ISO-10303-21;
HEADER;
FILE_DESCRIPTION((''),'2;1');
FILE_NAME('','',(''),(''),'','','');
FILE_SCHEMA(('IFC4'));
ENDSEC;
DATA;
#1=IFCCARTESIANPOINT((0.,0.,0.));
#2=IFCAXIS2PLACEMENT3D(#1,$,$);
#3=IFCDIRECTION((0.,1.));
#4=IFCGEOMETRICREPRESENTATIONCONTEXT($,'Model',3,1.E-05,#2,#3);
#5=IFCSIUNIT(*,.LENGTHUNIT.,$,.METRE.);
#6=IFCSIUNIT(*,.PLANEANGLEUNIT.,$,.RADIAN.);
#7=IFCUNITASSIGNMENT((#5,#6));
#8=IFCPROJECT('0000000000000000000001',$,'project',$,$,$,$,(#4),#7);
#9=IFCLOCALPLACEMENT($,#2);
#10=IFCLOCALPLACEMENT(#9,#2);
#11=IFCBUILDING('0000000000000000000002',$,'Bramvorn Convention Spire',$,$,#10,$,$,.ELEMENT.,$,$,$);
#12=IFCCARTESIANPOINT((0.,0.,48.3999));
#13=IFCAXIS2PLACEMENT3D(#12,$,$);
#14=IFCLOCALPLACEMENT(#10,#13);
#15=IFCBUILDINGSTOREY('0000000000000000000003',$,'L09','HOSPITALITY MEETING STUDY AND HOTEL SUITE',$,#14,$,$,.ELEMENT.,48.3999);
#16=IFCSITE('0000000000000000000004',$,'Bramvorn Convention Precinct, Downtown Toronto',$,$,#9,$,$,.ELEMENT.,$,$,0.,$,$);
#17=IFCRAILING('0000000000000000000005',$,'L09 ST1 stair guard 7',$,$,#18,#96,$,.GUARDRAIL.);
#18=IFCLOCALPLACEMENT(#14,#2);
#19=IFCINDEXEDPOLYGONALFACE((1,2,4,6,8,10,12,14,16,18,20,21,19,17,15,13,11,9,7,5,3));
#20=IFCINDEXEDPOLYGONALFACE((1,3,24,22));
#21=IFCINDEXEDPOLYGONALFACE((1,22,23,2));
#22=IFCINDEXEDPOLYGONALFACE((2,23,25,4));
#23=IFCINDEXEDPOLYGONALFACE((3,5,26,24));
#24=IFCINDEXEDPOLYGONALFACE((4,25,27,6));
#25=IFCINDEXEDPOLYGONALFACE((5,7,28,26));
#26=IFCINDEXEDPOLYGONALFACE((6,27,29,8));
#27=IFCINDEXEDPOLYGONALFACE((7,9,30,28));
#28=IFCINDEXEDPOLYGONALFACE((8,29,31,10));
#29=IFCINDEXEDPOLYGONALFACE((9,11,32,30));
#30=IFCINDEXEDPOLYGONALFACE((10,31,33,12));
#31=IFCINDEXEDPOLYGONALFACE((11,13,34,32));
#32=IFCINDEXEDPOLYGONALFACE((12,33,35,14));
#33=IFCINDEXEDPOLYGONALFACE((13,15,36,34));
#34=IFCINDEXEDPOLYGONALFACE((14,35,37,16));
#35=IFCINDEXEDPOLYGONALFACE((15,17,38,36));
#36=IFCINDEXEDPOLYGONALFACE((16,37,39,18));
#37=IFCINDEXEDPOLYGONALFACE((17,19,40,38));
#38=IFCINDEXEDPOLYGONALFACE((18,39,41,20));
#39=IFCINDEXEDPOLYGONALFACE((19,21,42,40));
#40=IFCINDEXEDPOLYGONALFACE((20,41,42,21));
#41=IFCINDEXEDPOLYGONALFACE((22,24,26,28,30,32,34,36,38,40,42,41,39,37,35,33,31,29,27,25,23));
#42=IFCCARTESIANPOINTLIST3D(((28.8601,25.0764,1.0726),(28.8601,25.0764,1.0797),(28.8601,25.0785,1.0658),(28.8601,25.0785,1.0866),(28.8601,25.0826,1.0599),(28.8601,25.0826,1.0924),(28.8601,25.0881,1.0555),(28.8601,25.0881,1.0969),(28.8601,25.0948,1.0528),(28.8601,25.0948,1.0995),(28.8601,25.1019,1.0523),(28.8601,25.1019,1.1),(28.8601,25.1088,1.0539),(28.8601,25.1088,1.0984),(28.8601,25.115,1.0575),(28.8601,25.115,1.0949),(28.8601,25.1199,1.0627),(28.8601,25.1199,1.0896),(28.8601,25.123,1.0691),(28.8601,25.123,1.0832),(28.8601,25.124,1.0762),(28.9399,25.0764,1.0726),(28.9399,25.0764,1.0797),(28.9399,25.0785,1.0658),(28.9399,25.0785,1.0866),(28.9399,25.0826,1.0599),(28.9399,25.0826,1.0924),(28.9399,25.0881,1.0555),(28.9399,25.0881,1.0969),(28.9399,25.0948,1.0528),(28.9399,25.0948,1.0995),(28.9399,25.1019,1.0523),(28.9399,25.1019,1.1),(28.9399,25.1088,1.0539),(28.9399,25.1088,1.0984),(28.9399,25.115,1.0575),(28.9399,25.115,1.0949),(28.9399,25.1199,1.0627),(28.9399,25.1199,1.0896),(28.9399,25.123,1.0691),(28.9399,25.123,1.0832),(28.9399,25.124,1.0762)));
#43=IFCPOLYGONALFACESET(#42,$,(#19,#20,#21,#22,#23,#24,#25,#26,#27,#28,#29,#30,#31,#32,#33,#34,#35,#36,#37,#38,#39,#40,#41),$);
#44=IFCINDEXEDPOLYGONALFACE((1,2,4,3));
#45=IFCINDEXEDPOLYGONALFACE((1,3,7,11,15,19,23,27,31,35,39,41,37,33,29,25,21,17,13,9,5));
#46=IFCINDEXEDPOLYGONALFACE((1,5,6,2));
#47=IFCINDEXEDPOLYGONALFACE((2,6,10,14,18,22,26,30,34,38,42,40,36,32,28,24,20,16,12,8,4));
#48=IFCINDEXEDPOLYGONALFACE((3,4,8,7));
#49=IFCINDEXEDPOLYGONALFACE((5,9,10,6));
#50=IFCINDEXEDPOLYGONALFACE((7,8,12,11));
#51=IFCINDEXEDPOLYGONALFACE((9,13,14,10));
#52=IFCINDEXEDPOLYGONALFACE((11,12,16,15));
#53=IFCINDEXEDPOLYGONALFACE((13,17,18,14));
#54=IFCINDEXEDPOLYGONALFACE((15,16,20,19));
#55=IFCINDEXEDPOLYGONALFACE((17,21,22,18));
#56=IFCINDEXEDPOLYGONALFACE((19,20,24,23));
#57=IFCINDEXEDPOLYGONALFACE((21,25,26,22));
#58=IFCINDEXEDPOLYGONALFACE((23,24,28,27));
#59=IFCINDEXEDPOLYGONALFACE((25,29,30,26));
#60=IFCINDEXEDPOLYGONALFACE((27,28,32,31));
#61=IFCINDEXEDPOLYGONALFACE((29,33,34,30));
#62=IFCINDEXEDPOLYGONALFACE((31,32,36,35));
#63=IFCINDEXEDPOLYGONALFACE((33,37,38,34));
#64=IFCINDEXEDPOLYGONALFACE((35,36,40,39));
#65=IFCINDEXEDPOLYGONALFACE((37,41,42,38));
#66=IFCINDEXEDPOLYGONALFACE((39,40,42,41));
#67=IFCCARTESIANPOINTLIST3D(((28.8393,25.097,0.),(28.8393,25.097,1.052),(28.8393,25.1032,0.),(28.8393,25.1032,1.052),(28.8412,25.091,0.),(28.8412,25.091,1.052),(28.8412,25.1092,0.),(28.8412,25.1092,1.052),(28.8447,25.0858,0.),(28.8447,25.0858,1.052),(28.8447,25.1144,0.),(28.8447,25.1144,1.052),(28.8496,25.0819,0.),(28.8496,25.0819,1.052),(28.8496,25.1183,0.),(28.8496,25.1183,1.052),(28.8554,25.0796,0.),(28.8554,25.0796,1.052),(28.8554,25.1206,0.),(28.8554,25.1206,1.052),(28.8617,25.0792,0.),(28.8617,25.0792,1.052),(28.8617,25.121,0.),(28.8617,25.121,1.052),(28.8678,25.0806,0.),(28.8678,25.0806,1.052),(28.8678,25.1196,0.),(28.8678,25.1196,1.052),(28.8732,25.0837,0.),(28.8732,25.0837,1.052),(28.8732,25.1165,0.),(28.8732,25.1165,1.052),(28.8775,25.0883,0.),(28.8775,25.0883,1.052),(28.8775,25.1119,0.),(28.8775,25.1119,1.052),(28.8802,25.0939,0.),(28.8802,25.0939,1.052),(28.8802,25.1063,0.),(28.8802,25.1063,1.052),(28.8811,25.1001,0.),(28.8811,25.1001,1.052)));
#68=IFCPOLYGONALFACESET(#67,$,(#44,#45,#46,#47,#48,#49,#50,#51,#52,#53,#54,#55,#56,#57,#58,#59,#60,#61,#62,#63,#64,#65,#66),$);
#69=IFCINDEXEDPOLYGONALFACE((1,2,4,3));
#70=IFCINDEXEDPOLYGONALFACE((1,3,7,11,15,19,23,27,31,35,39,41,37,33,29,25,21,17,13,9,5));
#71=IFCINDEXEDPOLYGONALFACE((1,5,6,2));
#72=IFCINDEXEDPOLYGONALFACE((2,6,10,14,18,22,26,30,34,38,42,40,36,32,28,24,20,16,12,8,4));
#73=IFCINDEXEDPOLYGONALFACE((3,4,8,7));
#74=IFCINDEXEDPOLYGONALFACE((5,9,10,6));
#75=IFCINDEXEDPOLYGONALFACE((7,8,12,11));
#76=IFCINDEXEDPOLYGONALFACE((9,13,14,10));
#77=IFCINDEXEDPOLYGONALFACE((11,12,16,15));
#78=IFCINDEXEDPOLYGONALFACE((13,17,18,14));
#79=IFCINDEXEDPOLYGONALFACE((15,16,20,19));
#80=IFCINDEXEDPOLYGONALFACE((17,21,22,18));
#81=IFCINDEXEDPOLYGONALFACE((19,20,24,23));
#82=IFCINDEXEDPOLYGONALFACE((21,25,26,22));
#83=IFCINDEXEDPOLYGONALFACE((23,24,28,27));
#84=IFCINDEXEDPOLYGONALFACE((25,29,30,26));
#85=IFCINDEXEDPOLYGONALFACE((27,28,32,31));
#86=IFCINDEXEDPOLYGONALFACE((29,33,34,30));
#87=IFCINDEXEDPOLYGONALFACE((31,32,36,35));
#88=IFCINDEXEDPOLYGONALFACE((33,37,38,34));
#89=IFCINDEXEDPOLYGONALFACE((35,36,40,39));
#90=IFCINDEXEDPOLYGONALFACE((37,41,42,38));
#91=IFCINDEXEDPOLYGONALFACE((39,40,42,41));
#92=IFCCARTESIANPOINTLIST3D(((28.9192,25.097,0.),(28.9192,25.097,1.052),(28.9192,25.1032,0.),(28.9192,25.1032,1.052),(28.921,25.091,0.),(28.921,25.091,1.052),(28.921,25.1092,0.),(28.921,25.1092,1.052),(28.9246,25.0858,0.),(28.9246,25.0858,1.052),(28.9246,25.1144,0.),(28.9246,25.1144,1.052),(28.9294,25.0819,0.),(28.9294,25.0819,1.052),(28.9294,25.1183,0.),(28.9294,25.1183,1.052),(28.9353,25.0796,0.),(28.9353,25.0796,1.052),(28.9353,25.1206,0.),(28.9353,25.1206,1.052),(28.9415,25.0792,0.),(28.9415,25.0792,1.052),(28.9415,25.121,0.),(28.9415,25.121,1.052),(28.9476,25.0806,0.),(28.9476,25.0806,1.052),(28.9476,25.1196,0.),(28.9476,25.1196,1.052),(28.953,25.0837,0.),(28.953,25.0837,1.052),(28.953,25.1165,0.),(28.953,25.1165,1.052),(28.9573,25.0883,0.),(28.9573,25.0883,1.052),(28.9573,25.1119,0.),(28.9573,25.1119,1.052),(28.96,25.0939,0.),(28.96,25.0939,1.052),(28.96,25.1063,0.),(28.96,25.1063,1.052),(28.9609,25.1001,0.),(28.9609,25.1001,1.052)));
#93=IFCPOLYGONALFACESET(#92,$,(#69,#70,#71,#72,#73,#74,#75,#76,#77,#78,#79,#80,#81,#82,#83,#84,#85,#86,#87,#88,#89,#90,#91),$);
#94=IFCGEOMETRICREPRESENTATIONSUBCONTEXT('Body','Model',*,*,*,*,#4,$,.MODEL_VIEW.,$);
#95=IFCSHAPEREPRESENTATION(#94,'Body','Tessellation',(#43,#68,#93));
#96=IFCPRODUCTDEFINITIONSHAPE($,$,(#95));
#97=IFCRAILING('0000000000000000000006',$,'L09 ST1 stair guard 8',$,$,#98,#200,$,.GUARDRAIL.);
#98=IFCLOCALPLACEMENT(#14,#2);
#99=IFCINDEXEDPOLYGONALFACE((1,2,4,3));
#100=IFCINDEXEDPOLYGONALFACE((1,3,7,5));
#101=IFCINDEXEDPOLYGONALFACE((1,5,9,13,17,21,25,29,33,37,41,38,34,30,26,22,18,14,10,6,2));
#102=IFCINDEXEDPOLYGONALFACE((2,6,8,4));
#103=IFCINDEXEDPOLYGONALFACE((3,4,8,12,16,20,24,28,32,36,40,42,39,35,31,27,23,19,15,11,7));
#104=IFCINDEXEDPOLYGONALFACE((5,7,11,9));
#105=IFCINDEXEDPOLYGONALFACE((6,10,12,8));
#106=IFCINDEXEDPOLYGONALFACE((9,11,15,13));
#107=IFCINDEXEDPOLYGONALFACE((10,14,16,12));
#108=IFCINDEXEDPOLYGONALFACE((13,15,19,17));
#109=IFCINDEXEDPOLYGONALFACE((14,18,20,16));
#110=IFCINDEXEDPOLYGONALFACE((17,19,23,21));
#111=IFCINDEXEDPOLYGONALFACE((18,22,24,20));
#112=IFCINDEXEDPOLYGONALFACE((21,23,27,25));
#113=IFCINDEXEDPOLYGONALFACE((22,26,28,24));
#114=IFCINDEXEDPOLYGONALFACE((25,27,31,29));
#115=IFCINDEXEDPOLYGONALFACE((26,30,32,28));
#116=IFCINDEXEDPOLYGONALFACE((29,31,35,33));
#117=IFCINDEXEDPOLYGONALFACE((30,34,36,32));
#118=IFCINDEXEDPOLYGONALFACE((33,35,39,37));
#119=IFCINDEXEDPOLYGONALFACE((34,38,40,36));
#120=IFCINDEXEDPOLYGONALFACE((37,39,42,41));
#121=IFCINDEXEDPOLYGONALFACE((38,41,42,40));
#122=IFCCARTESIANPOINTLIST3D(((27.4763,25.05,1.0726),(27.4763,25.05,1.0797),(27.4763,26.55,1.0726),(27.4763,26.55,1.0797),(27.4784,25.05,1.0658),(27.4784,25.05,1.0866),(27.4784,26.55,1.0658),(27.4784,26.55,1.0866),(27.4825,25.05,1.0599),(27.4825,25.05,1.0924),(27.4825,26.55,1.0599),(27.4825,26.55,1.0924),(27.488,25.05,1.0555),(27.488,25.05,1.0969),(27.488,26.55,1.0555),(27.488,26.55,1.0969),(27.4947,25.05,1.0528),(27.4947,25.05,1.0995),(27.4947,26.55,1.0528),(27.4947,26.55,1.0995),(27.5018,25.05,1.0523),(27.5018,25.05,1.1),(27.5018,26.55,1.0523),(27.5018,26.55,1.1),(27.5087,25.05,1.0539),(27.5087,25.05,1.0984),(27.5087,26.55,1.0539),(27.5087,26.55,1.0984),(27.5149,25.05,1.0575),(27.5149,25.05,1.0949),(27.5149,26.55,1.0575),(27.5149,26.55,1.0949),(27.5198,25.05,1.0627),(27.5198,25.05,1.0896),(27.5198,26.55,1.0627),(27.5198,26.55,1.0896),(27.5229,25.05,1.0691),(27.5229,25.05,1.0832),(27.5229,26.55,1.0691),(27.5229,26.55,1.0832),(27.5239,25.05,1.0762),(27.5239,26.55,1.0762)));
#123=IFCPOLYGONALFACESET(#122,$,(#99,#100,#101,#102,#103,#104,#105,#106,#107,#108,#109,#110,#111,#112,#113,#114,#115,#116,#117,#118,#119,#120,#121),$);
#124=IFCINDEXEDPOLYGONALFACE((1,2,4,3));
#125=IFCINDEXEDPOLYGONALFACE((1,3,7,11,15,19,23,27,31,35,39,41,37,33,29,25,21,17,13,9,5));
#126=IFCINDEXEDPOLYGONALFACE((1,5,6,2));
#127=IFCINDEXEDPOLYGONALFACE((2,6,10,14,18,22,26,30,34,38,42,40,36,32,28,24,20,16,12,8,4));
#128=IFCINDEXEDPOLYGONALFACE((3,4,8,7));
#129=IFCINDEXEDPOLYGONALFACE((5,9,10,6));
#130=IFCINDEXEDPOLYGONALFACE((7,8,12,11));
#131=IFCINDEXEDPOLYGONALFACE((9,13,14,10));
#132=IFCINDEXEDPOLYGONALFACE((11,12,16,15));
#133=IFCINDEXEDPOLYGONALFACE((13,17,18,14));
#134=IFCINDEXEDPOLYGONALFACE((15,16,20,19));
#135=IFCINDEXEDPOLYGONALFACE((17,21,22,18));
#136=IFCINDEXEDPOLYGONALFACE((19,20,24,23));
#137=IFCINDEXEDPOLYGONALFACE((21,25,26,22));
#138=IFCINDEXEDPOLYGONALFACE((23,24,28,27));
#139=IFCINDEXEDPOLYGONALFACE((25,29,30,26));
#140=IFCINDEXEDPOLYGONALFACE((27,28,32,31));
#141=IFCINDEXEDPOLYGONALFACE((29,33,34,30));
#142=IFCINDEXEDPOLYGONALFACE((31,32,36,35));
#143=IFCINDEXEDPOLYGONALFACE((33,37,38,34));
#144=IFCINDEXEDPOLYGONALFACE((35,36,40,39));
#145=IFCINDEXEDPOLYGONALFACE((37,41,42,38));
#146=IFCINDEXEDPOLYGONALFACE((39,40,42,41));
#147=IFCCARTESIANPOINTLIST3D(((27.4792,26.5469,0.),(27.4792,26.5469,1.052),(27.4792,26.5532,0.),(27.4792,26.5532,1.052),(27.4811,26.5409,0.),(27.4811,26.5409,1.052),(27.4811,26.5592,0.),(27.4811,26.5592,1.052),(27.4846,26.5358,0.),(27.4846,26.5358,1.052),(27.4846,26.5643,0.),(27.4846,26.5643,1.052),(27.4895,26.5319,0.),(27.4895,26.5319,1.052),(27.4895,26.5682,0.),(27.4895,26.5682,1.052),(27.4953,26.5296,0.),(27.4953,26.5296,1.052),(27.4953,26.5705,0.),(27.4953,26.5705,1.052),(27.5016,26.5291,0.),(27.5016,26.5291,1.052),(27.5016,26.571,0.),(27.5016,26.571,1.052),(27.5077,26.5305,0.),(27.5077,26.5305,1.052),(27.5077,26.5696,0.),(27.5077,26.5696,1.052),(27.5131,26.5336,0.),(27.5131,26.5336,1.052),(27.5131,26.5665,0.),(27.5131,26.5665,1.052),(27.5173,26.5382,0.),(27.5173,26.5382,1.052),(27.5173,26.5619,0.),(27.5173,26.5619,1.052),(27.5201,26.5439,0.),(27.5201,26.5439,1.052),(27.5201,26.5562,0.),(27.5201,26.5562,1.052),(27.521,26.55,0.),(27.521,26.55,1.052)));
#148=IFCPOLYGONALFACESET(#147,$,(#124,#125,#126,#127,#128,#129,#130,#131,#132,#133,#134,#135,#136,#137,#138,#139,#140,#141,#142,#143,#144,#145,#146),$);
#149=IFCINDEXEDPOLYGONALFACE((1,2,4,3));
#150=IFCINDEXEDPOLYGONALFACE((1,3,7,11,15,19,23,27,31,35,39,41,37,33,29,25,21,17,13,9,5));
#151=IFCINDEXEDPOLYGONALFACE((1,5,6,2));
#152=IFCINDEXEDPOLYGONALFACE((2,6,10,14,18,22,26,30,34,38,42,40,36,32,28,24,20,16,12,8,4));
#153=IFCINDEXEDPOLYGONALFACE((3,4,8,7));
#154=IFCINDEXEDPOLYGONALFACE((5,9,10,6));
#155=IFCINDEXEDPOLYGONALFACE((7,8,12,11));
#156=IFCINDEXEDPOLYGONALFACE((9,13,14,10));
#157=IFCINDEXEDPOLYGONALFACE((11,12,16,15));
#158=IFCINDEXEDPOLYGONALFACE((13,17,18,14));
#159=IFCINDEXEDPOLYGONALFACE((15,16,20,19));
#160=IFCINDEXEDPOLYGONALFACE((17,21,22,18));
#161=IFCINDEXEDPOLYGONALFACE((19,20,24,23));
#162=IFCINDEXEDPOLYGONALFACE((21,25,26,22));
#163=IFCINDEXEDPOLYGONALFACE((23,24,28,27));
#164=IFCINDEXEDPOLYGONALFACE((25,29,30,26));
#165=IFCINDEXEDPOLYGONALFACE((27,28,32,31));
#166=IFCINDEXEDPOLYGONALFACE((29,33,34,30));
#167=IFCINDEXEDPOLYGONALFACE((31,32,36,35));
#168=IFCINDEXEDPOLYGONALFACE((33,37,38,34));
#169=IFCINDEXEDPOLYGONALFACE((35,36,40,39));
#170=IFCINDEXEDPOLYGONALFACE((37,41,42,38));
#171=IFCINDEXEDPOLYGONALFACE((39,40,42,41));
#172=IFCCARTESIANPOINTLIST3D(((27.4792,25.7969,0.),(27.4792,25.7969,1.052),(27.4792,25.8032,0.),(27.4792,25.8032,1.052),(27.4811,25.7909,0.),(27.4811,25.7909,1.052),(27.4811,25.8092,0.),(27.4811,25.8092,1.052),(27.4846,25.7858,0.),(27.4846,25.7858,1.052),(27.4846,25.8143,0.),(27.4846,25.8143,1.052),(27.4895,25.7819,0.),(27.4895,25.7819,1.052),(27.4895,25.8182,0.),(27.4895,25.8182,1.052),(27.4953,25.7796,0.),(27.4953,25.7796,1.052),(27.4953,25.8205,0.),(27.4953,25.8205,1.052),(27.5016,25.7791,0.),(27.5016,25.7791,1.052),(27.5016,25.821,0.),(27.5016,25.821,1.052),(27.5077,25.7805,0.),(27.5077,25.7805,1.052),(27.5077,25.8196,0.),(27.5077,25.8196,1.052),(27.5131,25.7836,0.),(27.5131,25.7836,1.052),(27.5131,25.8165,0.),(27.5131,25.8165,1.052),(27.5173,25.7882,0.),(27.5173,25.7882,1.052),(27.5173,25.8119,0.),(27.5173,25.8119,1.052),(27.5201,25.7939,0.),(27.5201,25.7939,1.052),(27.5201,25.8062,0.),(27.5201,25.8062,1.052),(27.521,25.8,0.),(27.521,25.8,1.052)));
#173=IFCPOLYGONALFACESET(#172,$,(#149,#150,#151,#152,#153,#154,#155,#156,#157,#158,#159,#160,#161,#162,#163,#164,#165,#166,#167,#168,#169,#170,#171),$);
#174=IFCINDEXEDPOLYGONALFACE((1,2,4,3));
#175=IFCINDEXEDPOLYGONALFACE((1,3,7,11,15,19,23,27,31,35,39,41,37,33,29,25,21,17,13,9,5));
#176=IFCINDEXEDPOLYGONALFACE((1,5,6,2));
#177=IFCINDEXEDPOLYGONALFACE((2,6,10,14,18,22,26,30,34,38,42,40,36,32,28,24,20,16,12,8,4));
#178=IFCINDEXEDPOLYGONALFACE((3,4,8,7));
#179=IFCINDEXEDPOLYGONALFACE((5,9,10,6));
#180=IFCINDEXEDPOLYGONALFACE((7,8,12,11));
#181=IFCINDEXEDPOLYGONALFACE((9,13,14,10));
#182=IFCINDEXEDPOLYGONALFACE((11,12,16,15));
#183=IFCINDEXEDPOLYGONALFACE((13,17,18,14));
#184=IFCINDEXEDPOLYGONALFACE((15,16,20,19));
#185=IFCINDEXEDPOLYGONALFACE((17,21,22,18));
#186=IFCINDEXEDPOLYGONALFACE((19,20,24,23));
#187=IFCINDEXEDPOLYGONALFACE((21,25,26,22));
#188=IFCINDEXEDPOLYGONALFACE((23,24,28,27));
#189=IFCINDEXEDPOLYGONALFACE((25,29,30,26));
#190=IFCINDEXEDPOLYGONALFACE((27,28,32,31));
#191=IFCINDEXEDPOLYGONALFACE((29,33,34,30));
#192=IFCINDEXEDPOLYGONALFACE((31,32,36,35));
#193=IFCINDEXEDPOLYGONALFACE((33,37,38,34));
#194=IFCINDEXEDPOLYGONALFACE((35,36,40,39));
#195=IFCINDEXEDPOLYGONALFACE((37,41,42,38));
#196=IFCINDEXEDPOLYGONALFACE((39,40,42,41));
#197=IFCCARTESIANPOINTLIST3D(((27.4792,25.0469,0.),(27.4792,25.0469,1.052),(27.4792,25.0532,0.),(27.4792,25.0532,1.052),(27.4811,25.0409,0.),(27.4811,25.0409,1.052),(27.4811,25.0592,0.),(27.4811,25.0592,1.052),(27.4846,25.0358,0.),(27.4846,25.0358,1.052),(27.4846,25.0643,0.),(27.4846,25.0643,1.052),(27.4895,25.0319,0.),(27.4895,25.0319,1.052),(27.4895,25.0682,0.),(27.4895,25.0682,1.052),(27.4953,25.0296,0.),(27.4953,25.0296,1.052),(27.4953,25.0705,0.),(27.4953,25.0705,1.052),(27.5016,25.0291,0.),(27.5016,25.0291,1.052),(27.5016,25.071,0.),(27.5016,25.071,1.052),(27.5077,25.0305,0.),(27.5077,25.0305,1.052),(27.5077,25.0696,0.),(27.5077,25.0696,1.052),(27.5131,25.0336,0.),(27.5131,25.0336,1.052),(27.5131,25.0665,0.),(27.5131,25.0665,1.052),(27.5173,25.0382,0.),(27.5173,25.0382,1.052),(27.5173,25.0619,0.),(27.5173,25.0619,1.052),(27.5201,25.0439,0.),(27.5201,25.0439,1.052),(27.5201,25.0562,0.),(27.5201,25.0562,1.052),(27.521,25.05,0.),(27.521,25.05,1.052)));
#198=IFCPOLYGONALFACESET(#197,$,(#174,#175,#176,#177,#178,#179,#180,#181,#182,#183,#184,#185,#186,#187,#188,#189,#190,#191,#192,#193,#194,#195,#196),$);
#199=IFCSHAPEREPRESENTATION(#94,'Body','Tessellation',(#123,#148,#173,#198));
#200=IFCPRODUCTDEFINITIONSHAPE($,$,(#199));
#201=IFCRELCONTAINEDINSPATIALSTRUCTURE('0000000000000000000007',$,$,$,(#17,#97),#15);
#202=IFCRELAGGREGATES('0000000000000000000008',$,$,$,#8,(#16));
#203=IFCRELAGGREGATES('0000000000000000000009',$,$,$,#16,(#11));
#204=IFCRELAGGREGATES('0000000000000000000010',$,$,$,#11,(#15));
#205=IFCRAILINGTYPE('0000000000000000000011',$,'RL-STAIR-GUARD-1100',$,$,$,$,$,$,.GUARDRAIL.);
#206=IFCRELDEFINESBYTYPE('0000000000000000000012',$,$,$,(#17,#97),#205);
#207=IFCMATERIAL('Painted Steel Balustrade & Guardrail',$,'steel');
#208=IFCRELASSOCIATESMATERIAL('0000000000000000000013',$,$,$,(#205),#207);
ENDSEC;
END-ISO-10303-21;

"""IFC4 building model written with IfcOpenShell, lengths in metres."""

from ifc_helpers import new_model, si_unit, direction, frame, origin, origin_2d, place, context, subcontext, project, spatial, circle, extrude, material, type_object, element, save


model = new_model("IFC4")

# Units and contexts
model_context = context("Model", 3, precision=1e-05, world=origin(), true_north=direction((0.0, 1.0)))
body_context = subcontext(model_context, "Body", "Model", "MODEL_VIEW")
ifc_project = project(units=[si_unit("LENGTHUNIT", "METRE"), si_unit("PLANEANGLEUNIT", "RADIAN")], contexts=[model_context])

# Site, building, storey
site_placement = place(None, origin())
site = spatial("IfcSite", under=ifc_project, at=site_placement, Name="Bramvorn Convention Precinct, Downtown Toronto", CompositionType="ELEMENT", RefElevation=0.0)
building_placement = place(site_placement, origin())
building = spatial("IfcBuilding", under=site, at=building_placement, Name="Bramvorn Convention Spire", CompositionType="ELEMENT")
storey_placement = place(building_placement, frame((0.0, 0.0, 48.3999)))
storey = spatial("IfcBuildingStorey", under=building, at=storey_placement, Name="L09", Description="HOSPITALITY MEETING STUDY AND HOTEL SUITE", CompositionType="ELEMENT", Elevation=48.3999)

# Railings
ifc_material_1 = material(Name="Painted Steel Balustrade & Guardrail", Category="steel")
railing_type = type_object("IfcRailingType", Name="RL-STAIR-GUARD-1100", PredefinedType="GUARDRAIL", material=ifc_material_1)
railing_1_placement = place(storey_placement, frame((28.8601, 25.1001, 0.0)))
element("IfcRailing", 1, at=railing_1_placement, inside=storey, type_object=railing_type, Name="L09 ST1 stair guard 7", PredefinedType="GUARDRAIL", context=body_context, shape_type="SweptSolid", body=[
    extrude(circle(Radius=0.0239, at=origin_2d()), frame((0.0, 0.0, 1.0762), z_axis=(1.0, 0.0, 0.0), x_axis=(0.0, 1.0, 0.0)), (0.0, 0.0, 1.0), 0.0798),
    extrude(circle(Radius=0.021, at=origin_2d()), origin(), (0.0, 0.0, 1.0), 1.052),
    extrude(circle(Radius=0.021, at=origin_2d()), frame((0.0798, 0.0, 0.0)), (0.0, 0.0, 1.0), 1.052),
])
for number, where, name in (
    (2, (27.5, 26.55, 0.0), "L09 ST1 stair guard 8"),
):
    element("IfcRailing", number, at=place(storey_placement, frame(where)), inside=storey, type_object=railing_type, Name=name, PredefinedType="GUARDRAIL", context=body_context, shape_type="SweptSolid", body=[
        extrude(circle(Radius=0.0239, at=origin_2d()), frame((0.0, 0.0, 1.0762), z_axis=(0.0, -1.0, 0.0), x_axis=(1.0, 0.0, 0.0)), (0.0, 0.0, 1.0), 1.5),
        extrude(circle(Radius=0.021, at=origin_2d()), origin(), (0.0, 0.0, 1.0), 1.052),
        extrude(circle(Radius=0.021, at=origin_2d()), frame((0.0, -0.75, 0.0)), (0.0, 0.0, 1.0), 1.052),
        extrude(circle(Radius=0.021, at=origin_2d()), frame((0.0, -1.5, 0.0)), (0.0, 0.0, 1.0), 1.052),
    ])

save(model, "model.ifc")
